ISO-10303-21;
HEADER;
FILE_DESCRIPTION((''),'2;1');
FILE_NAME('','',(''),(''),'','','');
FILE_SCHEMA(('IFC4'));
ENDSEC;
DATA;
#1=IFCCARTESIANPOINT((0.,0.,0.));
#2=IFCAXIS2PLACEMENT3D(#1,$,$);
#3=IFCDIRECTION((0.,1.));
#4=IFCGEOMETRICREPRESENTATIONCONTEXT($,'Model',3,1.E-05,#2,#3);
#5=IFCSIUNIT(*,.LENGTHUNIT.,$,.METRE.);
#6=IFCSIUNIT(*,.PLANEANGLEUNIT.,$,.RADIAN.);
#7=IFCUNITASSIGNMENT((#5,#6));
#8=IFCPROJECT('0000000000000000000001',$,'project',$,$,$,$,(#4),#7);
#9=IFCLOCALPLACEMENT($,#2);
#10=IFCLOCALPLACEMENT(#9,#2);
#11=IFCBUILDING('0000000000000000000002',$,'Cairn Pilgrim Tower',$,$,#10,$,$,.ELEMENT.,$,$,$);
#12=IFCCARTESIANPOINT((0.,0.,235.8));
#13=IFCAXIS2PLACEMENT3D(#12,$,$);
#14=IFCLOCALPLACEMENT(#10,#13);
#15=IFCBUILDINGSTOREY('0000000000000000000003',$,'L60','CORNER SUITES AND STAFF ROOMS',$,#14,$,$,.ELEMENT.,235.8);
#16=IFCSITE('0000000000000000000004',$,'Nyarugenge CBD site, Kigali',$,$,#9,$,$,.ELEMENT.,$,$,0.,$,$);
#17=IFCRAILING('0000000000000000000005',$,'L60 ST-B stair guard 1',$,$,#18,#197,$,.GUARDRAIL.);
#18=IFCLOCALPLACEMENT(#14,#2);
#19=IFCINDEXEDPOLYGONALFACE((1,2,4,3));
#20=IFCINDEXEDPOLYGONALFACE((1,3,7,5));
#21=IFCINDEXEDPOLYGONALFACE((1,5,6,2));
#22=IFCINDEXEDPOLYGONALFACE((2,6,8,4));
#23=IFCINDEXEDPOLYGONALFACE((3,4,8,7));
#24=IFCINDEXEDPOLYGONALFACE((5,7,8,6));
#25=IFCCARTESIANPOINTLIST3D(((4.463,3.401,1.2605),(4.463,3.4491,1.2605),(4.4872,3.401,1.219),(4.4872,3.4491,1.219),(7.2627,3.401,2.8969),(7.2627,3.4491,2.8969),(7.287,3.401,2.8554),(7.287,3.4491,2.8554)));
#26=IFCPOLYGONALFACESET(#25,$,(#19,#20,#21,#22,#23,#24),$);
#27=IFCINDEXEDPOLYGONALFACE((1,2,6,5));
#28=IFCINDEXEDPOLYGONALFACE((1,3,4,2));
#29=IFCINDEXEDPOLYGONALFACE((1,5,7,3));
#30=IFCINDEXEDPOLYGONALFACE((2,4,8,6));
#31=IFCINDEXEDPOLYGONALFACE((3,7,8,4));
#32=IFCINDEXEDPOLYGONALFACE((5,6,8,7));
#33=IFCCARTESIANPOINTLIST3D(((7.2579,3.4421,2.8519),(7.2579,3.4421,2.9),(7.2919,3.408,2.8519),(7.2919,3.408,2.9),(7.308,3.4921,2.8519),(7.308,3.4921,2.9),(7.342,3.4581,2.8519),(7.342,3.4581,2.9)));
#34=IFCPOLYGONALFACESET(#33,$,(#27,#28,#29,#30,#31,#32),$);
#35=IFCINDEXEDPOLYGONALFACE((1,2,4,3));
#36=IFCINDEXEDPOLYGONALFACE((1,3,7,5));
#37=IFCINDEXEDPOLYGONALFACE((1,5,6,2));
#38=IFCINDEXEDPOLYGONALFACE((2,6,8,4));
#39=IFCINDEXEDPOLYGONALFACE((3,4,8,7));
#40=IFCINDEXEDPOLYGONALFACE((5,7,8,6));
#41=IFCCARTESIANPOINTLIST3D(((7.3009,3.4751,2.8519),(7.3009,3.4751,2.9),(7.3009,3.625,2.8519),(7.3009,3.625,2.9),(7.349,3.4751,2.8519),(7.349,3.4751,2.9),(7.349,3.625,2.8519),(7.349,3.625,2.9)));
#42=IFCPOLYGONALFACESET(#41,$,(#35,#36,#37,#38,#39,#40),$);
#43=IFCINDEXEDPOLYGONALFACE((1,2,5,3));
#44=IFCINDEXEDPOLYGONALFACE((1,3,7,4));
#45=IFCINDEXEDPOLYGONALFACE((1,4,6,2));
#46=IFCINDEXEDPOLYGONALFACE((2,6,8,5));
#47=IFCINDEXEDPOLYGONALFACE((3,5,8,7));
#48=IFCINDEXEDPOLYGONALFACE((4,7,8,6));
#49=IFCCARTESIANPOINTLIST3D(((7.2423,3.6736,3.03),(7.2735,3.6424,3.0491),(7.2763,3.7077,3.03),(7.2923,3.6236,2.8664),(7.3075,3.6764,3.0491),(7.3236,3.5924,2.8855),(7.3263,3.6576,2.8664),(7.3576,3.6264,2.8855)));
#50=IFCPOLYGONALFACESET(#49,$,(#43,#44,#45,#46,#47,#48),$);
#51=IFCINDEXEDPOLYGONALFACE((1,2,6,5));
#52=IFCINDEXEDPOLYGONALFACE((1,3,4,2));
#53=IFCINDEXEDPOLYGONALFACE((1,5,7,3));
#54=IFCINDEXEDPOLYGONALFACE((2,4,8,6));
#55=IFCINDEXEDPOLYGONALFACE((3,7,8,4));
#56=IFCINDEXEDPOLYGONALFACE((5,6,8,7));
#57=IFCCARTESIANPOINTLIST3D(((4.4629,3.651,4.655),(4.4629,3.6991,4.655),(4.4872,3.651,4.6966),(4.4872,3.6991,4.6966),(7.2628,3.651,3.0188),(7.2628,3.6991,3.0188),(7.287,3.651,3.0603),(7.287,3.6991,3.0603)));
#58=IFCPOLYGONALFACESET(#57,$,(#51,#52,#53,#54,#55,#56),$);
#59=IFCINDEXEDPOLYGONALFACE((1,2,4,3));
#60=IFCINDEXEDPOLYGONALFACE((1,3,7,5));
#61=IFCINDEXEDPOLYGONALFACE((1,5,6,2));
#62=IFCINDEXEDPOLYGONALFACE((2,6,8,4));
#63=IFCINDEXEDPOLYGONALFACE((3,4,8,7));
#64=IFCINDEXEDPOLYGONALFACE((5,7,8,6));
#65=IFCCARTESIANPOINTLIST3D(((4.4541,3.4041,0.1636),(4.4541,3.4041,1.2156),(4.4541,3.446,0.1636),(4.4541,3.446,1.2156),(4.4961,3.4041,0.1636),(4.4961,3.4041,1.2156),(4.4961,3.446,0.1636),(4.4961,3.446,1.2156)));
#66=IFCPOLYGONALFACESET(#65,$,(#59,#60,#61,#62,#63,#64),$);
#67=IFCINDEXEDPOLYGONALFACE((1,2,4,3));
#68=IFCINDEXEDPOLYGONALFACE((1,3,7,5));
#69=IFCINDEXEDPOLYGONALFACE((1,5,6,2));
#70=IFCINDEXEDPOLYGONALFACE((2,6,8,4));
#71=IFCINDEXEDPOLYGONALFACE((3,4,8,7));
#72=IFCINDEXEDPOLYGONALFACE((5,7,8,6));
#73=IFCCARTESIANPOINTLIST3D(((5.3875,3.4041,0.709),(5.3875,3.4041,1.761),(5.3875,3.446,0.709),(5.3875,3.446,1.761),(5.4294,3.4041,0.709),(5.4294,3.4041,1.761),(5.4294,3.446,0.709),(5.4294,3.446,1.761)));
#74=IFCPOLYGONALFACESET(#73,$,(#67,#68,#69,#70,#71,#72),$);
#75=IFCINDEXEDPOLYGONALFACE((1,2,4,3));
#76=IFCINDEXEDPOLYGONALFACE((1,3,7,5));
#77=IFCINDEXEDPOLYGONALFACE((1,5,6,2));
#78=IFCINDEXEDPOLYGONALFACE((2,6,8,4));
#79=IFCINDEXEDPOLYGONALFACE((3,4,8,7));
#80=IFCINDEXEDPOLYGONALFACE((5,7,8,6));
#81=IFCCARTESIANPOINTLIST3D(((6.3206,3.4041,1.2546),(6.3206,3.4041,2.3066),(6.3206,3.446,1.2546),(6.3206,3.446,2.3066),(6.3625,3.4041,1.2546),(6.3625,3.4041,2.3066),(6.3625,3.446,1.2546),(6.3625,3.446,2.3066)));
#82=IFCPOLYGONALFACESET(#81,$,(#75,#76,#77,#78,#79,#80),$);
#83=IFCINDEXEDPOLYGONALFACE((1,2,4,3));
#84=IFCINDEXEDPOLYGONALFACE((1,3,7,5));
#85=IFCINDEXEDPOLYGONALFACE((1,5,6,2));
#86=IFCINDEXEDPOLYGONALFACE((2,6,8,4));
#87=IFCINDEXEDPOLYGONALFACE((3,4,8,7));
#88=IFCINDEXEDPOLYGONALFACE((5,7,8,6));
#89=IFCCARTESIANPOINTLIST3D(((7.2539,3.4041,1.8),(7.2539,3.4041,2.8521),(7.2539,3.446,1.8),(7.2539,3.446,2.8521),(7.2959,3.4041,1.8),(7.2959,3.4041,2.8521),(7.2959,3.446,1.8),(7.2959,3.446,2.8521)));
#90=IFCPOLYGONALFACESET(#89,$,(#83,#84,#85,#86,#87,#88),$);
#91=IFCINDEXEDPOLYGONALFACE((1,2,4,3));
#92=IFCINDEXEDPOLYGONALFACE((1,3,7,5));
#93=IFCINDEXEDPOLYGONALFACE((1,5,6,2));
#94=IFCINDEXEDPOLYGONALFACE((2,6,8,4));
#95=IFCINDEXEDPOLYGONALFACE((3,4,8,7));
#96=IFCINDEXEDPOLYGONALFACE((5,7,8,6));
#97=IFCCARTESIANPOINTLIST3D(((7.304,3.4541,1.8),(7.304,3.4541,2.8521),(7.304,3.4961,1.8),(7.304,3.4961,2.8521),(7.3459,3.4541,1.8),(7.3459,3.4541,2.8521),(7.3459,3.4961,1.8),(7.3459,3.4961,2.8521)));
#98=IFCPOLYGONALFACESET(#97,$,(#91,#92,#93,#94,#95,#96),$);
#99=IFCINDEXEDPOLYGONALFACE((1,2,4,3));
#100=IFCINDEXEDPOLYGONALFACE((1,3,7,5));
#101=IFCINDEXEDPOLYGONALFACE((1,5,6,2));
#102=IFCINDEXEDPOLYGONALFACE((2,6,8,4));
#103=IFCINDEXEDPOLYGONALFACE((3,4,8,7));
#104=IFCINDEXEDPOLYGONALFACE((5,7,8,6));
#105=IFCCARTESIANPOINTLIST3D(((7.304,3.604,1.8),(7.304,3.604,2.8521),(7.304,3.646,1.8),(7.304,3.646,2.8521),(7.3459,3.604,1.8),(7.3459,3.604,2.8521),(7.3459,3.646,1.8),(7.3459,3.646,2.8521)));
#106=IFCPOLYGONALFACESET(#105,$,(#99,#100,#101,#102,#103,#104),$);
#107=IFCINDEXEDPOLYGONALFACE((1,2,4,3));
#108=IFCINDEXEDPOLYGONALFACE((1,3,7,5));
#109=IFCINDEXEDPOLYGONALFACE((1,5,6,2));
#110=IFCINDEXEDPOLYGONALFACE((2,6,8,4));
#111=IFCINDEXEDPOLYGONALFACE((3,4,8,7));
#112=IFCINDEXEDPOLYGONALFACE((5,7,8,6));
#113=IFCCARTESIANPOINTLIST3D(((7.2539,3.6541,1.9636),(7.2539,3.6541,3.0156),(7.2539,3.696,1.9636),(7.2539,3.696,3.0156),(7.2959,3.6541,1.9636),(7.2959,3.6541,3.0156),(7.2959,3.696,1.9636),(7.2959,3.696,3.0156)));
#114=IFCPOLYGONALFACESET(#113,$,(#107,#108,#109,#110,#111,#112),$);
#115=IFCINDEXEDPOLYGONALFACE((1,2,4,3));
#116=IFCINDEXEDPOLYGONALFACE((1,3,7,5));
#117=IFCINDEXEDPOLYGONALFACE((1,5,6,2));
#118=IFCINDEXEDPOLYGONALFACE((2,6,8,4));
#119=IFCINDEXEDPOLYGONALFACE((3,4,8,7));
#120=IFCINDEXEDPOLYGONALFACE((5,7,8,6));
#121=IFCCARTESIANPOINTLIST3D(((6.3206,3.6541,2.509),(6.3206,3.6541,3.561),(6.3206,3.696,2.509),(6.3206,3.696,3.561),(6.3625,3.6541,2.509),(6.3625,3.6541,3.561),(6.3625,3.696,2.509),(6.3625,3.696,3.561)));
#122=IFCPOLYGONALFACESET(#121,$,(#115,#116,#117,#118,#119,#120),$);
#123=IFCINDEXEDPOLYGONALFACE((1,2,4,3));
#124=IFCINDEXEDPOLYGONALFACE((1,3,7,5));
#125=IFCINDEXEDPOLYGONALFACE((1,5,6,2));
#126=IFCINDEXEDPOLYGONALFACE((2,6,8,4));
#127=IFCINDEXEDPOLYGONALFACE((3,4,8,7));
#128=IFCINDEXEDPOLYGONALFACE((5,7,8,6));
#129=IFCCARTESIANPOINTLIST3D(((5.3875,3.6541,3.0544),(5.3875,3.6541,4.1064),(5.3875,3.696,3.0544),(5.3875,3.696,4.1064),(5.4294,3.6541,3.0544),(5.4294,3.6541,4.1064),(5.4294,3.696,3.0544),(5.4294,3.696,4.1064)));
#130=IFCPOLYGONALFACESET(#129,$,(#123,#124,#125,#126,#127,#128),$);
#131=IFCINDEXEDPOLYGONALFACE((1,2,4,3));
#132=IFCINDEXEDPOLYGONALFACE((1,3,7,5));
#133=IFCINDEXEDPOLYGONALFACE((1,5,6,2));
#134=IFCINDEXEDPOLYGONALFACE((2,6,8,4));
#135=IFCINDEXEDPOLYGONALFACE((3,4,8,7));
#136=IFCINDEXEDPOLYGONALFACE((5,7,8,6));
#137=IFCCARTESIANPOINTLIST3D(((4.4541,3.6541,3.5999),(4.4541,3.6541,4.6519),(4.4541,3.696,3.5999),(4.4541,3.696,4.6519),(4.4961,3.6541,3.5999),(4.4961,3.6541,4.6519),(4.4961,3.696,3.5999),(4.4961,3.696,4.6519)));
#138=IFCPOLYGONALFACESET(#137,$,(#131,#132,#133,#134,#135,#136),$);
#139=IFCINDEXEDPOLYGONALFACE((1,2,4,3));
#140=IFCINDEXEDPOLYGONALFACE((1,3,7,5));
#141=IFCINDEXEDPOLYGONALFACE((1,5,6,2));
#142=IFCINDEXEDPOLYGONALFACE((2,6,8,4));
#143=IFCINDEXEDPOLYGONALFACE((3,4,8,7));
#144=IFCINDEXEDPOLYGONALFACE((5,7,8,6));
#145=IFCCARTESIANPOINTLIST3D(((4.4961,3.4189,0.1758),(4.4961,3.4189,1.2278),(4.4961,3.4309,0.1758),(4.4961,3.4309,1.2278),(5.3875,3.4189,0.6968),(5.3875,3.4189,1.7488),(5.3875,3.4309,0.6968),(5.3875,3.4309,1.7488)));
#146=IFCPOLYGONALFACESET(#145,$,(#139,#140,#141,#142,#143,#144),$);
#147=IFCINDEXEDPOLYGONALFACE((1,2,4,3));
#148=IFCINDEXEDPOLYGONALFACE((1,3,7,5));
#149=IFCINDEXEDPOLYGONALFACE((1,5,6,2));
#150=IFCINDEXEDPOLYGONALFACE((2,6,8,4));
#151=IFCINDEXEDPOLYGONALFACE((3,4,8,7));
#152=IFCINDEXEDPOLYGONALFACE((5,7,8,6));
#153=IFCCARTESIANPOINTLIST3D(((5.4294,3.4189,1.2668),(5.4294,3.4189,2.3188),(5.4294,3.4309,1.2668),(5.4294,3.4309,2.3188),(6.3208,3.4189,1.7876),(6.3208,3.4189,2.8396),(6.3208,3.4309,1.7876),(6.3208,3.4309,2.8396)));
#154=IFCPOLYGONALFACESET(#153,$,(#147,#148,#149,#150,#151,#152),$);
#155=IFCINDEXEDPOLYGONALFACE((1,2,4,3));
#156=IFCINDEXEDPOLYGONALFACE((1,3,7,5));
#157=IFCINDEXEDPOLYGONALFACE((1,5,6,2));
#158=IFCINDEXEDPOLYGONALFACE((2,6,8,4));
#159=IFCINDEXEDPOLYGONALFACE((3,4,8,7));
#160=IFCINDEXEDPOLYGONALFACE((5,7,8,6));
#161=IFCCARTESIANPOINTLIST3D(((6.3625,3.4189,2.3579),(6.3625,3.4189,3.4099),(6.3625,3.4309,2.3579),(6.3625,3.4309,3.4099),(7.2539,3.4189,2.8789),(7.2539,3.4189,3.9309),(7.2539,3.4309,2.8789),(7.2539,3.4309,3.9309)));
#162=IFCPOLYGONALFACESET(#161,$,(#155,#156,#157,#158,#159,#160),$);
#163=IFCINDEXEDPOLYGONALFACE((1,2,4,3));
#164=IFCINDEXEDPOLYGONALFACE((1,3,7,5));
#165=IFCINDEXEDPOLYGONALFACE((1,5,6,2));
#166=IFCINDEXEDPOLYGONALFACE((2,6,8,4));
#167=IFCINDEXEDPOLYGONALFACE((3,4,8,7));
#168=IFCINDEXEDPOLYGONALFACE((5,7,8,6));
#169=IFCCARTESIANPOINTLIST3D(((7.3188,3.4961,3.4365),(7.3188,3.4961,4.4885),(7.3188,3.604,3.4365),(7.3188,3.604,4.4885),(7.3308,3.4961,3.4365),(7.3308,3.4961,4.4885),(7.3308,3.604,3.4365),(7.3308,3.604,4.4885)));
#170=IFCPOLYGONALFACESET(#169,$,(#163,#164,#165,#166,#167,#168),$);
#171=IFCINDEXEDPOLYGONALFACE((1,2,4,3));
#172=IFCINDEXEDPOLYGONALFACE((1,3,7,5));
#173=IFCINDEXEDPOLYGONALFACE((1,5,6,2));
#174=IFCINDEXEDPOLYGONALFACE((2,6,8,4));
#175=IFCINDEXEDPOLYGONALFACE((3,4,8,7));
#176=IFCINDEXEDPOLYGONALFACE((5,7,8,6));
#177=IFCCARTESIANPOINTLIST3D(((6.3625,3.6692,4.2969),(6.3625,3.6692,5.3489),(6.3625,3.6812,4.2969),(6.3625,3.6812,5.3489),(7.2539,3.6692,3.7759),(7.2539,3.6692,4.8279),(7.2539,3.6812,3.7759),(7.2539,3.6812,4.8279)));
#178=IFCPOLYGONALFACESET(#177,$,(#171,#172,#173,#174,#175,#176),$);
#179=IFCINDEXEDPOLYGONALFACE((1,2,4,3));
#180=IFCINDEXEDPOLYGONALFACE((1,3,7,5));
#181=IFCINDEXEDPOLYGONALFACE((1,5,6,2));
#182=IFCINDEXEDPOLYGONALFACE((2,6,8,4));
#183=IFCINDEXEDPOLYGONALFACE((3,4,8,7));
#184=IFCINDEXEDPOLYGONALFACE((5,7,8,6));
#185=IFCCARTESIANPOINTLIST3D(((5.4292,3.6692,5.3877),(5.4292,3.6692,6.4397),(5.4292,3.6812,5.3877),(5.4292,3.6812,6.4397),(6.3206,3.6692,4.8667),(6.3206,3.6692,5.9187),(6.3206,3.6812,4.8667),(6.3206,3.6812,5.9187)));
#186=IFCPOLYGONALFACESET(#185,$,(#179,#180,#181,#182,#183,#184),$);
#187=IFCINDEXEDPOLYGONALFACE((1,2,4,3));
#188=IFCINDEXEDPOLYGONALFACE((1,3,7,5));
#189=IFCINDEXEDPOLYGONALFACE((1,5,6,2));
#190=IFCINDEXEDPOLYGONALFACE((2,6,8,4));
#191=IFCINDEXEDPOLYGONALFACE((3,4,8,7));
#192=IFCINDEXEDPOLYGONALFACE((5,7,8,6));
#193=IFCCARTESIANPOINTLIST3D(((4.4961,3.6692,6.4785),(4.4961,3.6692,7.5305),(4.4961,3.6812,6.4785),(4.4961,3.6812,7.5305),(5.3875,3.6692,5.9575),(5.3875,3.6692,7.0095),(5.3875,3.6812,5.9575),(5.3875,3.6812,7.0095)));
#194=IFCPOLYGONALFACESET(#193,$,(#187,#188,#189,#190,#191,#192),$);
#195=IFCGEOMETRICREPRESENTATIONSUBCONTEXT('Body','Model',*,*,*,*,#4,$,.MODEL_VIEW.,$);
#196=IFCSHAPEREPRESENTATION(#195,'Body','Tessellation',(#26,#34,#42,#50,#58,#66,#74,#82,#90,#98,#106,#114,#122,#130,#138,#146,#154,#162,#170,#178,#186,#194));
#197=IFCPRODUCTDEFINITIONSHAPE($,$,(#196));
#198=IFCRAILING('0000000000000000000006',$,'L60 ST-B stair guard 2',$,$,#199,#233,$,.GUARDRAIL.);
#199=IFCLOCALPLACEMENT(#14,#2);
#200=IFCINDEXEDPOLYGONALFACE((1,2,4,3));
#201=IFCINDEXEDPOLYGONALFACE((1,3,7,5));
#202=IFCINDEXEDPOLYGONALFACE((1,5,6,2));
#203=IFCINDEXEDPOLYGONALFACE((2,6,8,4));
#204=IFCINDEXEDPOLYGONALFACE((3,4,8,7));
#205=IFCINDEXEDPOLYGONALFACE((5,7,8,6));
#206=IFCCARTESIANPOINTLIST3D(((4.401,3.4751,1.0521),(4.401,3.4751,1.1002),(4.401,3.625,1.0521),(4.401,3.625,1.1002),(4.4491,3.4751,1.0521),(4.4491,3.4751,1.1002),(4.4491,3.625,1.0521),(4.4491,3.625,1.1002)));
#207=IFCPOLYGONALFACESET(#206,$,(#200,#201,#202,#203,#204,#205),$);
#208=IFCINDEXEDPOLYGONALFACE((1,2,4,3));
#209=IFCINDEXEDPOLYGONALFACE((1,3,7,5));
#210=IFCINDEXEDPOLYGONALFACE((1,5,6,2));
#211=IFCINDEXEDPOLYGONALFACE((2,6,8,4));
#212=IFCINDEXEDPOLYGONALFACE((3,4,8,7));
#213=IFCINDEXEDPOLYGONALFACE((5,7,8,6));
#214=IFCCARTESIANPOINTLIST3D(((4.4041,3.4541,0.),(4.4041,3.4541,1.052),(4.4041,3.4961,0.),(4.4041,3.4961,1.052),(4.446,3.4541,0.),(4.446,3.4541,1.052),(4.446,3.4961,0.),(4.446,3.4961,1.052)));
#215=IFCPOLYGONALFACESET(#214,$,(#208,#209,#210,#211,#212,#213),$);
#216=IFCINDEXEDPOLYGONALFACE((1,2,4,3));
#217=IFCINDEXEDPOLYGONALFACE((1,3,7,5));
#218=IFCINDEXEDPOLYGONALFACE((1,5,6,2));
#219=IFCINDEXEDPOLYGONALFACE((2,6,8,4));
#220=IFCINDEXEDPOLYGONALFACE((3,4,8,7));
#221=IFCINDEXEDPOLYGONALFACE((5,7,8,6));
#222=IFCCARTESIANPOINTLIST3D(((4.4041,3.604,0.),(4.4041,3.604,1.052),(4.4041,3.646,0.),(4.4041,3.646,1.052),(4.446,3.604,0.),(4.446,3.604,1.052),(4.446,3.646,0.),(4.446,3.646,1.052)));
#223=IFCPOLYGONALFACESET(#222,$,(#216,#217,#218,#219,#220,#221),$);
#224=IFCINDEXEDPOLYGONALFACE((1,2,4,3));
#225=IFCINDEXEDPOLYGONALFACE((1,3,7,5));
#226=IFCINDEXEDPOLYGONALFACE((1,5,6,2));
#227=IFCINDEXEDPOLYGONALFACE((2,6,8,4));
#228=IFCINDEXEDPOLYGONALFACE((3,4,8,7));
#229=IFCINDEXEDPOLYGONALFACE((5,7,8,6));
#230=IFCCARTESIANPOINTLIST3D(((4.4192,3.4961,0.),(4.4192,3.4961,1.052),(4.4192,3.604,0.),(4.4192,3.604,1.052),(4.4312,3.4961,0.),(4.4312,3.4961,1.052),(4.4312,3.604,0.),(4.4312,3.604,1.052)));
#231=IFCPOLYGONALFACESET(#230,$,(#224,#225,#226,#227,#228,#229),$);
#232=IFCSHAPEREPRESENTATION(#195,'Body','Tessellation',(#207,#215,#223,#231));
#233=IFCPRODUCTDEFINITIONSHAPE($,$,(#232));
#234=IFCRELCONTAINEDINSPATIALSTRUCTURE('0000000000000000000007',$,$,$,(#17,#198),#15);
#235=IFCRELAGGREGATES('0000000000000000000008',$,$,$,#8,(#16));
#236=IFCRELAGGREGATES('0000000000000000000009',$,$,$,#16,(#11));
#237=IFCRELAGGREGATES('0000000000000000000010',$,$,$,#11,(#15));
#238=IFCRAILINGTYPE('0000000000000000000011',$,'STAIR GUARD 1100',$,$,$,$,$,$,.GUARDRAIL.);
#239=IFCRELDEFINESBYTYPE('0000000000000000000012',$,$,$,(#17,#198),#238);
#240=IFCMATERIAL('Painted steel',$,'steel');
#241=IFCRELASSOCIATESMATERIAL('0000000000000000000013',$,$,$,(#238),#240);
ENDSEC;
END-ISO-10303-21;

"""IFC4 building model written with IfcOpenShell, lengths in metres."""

from ifc_helpers import new_model, si_unit, direction, frame, origin, origin_2d, place, context, subcontext, project, spatial, polyline, rectangle, outline, extrude, material, type_object, element, save


model = new_model("IFC4")

# Units and contexts
model_context = context("Model", 3, precision=1e-05, world=origin(), true_north=direction((0.0, 1.0)))
body_context = subcontext(model_context, "Body", "Model", "MODEL_VIEW")
ifc_project = project(units=[si_unit("LENGTHUNIT", "METRE"), si_unit("PLANEANGLEUNIT", "RADIAN")], contexts=[model_context])

# Site, building, storey
site_placement = place(None, origin())
site = spatial("IfcSite", under=ifc_project, at=site_placement, Name="Nyarugenge CBD site, Kigali", CompositionType="ELEMENT", RefElevation=0.0)
building_placement = place(site_placement, origin())
building = spatial("IfcBuilding", under=site, at=building_placement, Name="Cairn Pilgrim Tower", CompositionType="ELEMENT")
storey_placement = place(building_placement, frame((0.0, 0.0, 235.8)))
storey = spatial("IfcBuildingStorey", under=building, at=storey_placement, Name="L60", Description="CORNER SUITES AND STAFF ROOMS", CompositionType="ELEMENT", Elevation=235.8)

# Shared definitions
ifc_material_1 = material(Name="Painted steel", Category="steel")

# Railings
railing_type_1 = type_object("IfcRailingType", Name="STAIR GUARD 1100", PredefinedType="GUARDRAIL", material=ifc_material_1)
railing_1_placement = place(storey_placement, frame((4.4751, 3.425, 0.1636)))
element("IfcRailing", 1, at=railing_1_placement, inside=storey, type_object=railing_type_1, Name="L60 ST-B stair guard 1", PredefinedType="GUARDRAIL", context=body_context, shape_type="SweptSolid", body=[
    extrude(rectangle(XDim=0.0481, YDim=0.0481, at=origin_2d()), frame((0.0, 0.0, 1.0762), z_axis=(0.863342, 0.0, 0.50462), x_axis=(0.0, 1.0, 0.0)), (0.0, 0.0, 1.0), 3.2429),
    extrude(rectangle(XDim=0.0481, YDim=0.0481, at=origin_2d()), frame((2.7998, 0.0, 2.7124), z_axis=(0.707107, 0.707107, 0.0), x_axis=(-0.707107, 0.707107, 0.0)), (0.0, 0.0, 1.0), 0.0708),
    extrude(rectangle(XDim=0.0481, YDim=0.0481, at=origin_2d()), frame((2.8499, 0.05, 2.7124), z_axis=(0.0, 1.0, 0.0), x_axis=(-1.0, 0.0, 0.0)), (0.0, 0.0, 1.0), 0.1499),
    extrude(rectangle(XDim=0.0481, YDim=0.0481, at=origin_2d()), frame((2.8499, 0.2, 2.7124), z_axis=(-0.280809, 0.280809, 0.917765), x_axis=(-0.707107, -0.707107, 0.0)), (0.0, 0.0, 1.0), 0.1782),
    extrude(rectangle(XDim=0.0481, YDim=0.0481, at=origin_2d()), frame((2.7998, 0.25, 2.876), z_axis=(-0.863374, 0.0, 0.504564), x_axis=(0.0, -1.0, 0.0)), (0.0, 0.0, 1.0), 3.2429),
    extrude(rectangle(XDim=0.042, YDim=0.042, at=origin_2d()), origin(), (0.0, 0.0, 1.0), 1.052),
    extrude(rectangle(XDim=0.042, YDim=0.042, at=origin_2d()), frame((0.9333, 0.0, 0.5454)), (0.0, 0.0, 1.0), 1.052),
    extrude(rectangle(XDim=0.042, YDim=0.042, at=origin_2d()), frame((1.8665, 0.0, 1.0911)), (0.0, 0.0, 1.0), 1.052),
    extrude(rectangle(XDim=0.042, YDim=0.042, at=origin_2d()), frame((2.7998, 0.0, 1.6365)), (0.0, 0.0, 1.0), 1.052),
    extrude(rectangle(XDim=0.042, YDim=0.042, at=origin_2d()), frame((2.8499, 0.05, 1.6365)), (0.0, 0.0, 1.0), 1.052),
    extrude(rectangle(XDim=0.042, YDim=0.042, at=origin_2d()), frame((2.8499, 0.2, 1.6365)), (0.0, 0.0, 1.0), 1.052),
    extrude(rectangle(XDim=0.042, YDim=0.042, at=origin_2d()), frame((2.7998, 0.25, 1.8)), (0.0, 0.0, 1.0), 1.052),
    extrude(rectangle(XDim=0.042, YDim=0.042, at=origin_2d()), frame((1.8665, 0.25, 2.3455)), (0.0, 0.0, 1.0), 1.052),
    extrude(rectangle(XDim=0.042, YDim=0.042, at=origin_2d()), frame((0.9333, 0.25, 2.8909)), (0.0, 0.0, 1.0), 1.052),
    extrude(rectangle(XDim=0.042, YDim=0.042, at=origin_2d()), frame((0.0, 0.25, 3.4363)), (0.0, 0.0, 1.0), 1.052),
    extrude(outline(polyline([(0.021, 0.0122), (0.9124, 0.5332), (0.9124, 1.5852), (0.021, 1.0642), (0.021, 0.0122)])), frame((0.0, 0.0059, 0.0), z_axis=(0.0, -1.0, 0.0), x_axis=(1.0, 0.0, 0.0)), (0.0, 0.0, 1.0), 0.012),
    extrude(outline(polyline([(0.021, 0.5579), (0.9124, 1.0786), (0.9124, 2.1306), (0.021, 1.6099), (0.021, 0.5579)])), frame((0.9333, 0.0059, 0.5454), z_axis=(0.0, -1.0, 0.0), x_axis=(1.0, 0.0, 0.0)), (0.0, 0.0, 1.0), 0.012),
    extrude(outline(polyline([(0.021, 1.1033), (0.9124, 1.6243), (0.9124, 2.6763), (0.021, 2.1553), (0.021, 1.1033)])), frame((1.8665, 0.0059, 1.0911), z_axis=(0.0, -1.0, 0.0), x_axis=(1.0, 0.0, 0.0)), (0.0, 0.0, 1.0), 0.012),
    extrude(outline(polyline([(0.021, 1.6365), (0.1289, 1.6365), (0.1289, 2.6885), (0.021, 2.6885), (0.021, 1.6365)])), frame((2.8438, 0.05, 1.6365), z_axis=(1.0, 0.0, 0.0), x_axis=(0.0, 1.0, 0.0)), (0.0, 0.0, 1.0), 0.012),
    extrude(outline(polyline([(0.021, 1.8123), (0.9124, 2.3333), (0.9124, 3.3853), (0.021, 2.8643), (0.021, 1.8123)])), frame((2.7998, 0.2441, 1.8), z_axis=(0.0, 1.0, 0.0), x_axis=(-1.0, 0.0, 0.0)), (0.0, 0.0, 1.0), 0.012),
    extrude(outline(polyline([(0.021, 2.3577), (0.9124, 2.8787), (0.9124, 3.9307), (0.021, 3.4097), (0.021, 2.3577)])), frame((1.8665, 0.2441, 2.3455), z_axis=(0.0, 1.0, 0.0), x_axis=(-1.0, 0.0, 0.0)), (0.0, 0.0, 1.0), 0.012),
    extrude(outline(polyline([(0.021, 2.9031), (0.9124, 3.4241), (0.9124, 4.4761), (0.021, 3.9551), (0.021, 2.9031)])), frame((0.9333, 0.2441, 2.8909), z_axis=(0.0, 1.0, 0.0), x_axis=(-1.0, 0.0, 0.0)), (0.0, 0.0, 1.0), 0.012),
])
railing_2_placement = place(storey_placement, frame((4.425, 3.4751, 0.0)))
element("IfcRailing", 2, at=railing_2_placement, inside=storey, type_object=railing_type_1, Name="L60 ST-B stair guard 2", PredefinedType="GUARDRAIL", context=body_context, shape_type="SweptSolid", body=[
    extrude(rectangle(XDim=0.0481, YDim=0.0481, at=origin_2d()), frame((0.0, 0.0, 1.0762), z_axis=(0.0, 1.0, 0.0), x_axis=(-1.0, 0.0, 0.0)), (0.0, 0.0, 1.0), 0.1499),
    extrude(rectangle(XDim=0.042, YDim=0.042, at=origin_2d()), origin(), (0.0, 0.0, 1.0), 1.052),
    extrude(rectangle(XDim=0.042, YDim=0.042, at=origin_2d()), frame((0.0, 0.1499, 0.0)), (0.0, 0.0, 1.0), 1.052),
    extrude(outline(polyline([(0.021, 0.0), (0.1289, 0.0), (0.1289, 1.052), (0.021, 1.052), (0.021, 0.0)])), frame((-0.0059, 0.0, 0.0), z_axis=(1.0, 0.0, 0.0), x_axis=(0.0, 1.0, 0.0)), (0.0, 0.0, 1.0), 0.012),
])

save(model, "model.ifc")
